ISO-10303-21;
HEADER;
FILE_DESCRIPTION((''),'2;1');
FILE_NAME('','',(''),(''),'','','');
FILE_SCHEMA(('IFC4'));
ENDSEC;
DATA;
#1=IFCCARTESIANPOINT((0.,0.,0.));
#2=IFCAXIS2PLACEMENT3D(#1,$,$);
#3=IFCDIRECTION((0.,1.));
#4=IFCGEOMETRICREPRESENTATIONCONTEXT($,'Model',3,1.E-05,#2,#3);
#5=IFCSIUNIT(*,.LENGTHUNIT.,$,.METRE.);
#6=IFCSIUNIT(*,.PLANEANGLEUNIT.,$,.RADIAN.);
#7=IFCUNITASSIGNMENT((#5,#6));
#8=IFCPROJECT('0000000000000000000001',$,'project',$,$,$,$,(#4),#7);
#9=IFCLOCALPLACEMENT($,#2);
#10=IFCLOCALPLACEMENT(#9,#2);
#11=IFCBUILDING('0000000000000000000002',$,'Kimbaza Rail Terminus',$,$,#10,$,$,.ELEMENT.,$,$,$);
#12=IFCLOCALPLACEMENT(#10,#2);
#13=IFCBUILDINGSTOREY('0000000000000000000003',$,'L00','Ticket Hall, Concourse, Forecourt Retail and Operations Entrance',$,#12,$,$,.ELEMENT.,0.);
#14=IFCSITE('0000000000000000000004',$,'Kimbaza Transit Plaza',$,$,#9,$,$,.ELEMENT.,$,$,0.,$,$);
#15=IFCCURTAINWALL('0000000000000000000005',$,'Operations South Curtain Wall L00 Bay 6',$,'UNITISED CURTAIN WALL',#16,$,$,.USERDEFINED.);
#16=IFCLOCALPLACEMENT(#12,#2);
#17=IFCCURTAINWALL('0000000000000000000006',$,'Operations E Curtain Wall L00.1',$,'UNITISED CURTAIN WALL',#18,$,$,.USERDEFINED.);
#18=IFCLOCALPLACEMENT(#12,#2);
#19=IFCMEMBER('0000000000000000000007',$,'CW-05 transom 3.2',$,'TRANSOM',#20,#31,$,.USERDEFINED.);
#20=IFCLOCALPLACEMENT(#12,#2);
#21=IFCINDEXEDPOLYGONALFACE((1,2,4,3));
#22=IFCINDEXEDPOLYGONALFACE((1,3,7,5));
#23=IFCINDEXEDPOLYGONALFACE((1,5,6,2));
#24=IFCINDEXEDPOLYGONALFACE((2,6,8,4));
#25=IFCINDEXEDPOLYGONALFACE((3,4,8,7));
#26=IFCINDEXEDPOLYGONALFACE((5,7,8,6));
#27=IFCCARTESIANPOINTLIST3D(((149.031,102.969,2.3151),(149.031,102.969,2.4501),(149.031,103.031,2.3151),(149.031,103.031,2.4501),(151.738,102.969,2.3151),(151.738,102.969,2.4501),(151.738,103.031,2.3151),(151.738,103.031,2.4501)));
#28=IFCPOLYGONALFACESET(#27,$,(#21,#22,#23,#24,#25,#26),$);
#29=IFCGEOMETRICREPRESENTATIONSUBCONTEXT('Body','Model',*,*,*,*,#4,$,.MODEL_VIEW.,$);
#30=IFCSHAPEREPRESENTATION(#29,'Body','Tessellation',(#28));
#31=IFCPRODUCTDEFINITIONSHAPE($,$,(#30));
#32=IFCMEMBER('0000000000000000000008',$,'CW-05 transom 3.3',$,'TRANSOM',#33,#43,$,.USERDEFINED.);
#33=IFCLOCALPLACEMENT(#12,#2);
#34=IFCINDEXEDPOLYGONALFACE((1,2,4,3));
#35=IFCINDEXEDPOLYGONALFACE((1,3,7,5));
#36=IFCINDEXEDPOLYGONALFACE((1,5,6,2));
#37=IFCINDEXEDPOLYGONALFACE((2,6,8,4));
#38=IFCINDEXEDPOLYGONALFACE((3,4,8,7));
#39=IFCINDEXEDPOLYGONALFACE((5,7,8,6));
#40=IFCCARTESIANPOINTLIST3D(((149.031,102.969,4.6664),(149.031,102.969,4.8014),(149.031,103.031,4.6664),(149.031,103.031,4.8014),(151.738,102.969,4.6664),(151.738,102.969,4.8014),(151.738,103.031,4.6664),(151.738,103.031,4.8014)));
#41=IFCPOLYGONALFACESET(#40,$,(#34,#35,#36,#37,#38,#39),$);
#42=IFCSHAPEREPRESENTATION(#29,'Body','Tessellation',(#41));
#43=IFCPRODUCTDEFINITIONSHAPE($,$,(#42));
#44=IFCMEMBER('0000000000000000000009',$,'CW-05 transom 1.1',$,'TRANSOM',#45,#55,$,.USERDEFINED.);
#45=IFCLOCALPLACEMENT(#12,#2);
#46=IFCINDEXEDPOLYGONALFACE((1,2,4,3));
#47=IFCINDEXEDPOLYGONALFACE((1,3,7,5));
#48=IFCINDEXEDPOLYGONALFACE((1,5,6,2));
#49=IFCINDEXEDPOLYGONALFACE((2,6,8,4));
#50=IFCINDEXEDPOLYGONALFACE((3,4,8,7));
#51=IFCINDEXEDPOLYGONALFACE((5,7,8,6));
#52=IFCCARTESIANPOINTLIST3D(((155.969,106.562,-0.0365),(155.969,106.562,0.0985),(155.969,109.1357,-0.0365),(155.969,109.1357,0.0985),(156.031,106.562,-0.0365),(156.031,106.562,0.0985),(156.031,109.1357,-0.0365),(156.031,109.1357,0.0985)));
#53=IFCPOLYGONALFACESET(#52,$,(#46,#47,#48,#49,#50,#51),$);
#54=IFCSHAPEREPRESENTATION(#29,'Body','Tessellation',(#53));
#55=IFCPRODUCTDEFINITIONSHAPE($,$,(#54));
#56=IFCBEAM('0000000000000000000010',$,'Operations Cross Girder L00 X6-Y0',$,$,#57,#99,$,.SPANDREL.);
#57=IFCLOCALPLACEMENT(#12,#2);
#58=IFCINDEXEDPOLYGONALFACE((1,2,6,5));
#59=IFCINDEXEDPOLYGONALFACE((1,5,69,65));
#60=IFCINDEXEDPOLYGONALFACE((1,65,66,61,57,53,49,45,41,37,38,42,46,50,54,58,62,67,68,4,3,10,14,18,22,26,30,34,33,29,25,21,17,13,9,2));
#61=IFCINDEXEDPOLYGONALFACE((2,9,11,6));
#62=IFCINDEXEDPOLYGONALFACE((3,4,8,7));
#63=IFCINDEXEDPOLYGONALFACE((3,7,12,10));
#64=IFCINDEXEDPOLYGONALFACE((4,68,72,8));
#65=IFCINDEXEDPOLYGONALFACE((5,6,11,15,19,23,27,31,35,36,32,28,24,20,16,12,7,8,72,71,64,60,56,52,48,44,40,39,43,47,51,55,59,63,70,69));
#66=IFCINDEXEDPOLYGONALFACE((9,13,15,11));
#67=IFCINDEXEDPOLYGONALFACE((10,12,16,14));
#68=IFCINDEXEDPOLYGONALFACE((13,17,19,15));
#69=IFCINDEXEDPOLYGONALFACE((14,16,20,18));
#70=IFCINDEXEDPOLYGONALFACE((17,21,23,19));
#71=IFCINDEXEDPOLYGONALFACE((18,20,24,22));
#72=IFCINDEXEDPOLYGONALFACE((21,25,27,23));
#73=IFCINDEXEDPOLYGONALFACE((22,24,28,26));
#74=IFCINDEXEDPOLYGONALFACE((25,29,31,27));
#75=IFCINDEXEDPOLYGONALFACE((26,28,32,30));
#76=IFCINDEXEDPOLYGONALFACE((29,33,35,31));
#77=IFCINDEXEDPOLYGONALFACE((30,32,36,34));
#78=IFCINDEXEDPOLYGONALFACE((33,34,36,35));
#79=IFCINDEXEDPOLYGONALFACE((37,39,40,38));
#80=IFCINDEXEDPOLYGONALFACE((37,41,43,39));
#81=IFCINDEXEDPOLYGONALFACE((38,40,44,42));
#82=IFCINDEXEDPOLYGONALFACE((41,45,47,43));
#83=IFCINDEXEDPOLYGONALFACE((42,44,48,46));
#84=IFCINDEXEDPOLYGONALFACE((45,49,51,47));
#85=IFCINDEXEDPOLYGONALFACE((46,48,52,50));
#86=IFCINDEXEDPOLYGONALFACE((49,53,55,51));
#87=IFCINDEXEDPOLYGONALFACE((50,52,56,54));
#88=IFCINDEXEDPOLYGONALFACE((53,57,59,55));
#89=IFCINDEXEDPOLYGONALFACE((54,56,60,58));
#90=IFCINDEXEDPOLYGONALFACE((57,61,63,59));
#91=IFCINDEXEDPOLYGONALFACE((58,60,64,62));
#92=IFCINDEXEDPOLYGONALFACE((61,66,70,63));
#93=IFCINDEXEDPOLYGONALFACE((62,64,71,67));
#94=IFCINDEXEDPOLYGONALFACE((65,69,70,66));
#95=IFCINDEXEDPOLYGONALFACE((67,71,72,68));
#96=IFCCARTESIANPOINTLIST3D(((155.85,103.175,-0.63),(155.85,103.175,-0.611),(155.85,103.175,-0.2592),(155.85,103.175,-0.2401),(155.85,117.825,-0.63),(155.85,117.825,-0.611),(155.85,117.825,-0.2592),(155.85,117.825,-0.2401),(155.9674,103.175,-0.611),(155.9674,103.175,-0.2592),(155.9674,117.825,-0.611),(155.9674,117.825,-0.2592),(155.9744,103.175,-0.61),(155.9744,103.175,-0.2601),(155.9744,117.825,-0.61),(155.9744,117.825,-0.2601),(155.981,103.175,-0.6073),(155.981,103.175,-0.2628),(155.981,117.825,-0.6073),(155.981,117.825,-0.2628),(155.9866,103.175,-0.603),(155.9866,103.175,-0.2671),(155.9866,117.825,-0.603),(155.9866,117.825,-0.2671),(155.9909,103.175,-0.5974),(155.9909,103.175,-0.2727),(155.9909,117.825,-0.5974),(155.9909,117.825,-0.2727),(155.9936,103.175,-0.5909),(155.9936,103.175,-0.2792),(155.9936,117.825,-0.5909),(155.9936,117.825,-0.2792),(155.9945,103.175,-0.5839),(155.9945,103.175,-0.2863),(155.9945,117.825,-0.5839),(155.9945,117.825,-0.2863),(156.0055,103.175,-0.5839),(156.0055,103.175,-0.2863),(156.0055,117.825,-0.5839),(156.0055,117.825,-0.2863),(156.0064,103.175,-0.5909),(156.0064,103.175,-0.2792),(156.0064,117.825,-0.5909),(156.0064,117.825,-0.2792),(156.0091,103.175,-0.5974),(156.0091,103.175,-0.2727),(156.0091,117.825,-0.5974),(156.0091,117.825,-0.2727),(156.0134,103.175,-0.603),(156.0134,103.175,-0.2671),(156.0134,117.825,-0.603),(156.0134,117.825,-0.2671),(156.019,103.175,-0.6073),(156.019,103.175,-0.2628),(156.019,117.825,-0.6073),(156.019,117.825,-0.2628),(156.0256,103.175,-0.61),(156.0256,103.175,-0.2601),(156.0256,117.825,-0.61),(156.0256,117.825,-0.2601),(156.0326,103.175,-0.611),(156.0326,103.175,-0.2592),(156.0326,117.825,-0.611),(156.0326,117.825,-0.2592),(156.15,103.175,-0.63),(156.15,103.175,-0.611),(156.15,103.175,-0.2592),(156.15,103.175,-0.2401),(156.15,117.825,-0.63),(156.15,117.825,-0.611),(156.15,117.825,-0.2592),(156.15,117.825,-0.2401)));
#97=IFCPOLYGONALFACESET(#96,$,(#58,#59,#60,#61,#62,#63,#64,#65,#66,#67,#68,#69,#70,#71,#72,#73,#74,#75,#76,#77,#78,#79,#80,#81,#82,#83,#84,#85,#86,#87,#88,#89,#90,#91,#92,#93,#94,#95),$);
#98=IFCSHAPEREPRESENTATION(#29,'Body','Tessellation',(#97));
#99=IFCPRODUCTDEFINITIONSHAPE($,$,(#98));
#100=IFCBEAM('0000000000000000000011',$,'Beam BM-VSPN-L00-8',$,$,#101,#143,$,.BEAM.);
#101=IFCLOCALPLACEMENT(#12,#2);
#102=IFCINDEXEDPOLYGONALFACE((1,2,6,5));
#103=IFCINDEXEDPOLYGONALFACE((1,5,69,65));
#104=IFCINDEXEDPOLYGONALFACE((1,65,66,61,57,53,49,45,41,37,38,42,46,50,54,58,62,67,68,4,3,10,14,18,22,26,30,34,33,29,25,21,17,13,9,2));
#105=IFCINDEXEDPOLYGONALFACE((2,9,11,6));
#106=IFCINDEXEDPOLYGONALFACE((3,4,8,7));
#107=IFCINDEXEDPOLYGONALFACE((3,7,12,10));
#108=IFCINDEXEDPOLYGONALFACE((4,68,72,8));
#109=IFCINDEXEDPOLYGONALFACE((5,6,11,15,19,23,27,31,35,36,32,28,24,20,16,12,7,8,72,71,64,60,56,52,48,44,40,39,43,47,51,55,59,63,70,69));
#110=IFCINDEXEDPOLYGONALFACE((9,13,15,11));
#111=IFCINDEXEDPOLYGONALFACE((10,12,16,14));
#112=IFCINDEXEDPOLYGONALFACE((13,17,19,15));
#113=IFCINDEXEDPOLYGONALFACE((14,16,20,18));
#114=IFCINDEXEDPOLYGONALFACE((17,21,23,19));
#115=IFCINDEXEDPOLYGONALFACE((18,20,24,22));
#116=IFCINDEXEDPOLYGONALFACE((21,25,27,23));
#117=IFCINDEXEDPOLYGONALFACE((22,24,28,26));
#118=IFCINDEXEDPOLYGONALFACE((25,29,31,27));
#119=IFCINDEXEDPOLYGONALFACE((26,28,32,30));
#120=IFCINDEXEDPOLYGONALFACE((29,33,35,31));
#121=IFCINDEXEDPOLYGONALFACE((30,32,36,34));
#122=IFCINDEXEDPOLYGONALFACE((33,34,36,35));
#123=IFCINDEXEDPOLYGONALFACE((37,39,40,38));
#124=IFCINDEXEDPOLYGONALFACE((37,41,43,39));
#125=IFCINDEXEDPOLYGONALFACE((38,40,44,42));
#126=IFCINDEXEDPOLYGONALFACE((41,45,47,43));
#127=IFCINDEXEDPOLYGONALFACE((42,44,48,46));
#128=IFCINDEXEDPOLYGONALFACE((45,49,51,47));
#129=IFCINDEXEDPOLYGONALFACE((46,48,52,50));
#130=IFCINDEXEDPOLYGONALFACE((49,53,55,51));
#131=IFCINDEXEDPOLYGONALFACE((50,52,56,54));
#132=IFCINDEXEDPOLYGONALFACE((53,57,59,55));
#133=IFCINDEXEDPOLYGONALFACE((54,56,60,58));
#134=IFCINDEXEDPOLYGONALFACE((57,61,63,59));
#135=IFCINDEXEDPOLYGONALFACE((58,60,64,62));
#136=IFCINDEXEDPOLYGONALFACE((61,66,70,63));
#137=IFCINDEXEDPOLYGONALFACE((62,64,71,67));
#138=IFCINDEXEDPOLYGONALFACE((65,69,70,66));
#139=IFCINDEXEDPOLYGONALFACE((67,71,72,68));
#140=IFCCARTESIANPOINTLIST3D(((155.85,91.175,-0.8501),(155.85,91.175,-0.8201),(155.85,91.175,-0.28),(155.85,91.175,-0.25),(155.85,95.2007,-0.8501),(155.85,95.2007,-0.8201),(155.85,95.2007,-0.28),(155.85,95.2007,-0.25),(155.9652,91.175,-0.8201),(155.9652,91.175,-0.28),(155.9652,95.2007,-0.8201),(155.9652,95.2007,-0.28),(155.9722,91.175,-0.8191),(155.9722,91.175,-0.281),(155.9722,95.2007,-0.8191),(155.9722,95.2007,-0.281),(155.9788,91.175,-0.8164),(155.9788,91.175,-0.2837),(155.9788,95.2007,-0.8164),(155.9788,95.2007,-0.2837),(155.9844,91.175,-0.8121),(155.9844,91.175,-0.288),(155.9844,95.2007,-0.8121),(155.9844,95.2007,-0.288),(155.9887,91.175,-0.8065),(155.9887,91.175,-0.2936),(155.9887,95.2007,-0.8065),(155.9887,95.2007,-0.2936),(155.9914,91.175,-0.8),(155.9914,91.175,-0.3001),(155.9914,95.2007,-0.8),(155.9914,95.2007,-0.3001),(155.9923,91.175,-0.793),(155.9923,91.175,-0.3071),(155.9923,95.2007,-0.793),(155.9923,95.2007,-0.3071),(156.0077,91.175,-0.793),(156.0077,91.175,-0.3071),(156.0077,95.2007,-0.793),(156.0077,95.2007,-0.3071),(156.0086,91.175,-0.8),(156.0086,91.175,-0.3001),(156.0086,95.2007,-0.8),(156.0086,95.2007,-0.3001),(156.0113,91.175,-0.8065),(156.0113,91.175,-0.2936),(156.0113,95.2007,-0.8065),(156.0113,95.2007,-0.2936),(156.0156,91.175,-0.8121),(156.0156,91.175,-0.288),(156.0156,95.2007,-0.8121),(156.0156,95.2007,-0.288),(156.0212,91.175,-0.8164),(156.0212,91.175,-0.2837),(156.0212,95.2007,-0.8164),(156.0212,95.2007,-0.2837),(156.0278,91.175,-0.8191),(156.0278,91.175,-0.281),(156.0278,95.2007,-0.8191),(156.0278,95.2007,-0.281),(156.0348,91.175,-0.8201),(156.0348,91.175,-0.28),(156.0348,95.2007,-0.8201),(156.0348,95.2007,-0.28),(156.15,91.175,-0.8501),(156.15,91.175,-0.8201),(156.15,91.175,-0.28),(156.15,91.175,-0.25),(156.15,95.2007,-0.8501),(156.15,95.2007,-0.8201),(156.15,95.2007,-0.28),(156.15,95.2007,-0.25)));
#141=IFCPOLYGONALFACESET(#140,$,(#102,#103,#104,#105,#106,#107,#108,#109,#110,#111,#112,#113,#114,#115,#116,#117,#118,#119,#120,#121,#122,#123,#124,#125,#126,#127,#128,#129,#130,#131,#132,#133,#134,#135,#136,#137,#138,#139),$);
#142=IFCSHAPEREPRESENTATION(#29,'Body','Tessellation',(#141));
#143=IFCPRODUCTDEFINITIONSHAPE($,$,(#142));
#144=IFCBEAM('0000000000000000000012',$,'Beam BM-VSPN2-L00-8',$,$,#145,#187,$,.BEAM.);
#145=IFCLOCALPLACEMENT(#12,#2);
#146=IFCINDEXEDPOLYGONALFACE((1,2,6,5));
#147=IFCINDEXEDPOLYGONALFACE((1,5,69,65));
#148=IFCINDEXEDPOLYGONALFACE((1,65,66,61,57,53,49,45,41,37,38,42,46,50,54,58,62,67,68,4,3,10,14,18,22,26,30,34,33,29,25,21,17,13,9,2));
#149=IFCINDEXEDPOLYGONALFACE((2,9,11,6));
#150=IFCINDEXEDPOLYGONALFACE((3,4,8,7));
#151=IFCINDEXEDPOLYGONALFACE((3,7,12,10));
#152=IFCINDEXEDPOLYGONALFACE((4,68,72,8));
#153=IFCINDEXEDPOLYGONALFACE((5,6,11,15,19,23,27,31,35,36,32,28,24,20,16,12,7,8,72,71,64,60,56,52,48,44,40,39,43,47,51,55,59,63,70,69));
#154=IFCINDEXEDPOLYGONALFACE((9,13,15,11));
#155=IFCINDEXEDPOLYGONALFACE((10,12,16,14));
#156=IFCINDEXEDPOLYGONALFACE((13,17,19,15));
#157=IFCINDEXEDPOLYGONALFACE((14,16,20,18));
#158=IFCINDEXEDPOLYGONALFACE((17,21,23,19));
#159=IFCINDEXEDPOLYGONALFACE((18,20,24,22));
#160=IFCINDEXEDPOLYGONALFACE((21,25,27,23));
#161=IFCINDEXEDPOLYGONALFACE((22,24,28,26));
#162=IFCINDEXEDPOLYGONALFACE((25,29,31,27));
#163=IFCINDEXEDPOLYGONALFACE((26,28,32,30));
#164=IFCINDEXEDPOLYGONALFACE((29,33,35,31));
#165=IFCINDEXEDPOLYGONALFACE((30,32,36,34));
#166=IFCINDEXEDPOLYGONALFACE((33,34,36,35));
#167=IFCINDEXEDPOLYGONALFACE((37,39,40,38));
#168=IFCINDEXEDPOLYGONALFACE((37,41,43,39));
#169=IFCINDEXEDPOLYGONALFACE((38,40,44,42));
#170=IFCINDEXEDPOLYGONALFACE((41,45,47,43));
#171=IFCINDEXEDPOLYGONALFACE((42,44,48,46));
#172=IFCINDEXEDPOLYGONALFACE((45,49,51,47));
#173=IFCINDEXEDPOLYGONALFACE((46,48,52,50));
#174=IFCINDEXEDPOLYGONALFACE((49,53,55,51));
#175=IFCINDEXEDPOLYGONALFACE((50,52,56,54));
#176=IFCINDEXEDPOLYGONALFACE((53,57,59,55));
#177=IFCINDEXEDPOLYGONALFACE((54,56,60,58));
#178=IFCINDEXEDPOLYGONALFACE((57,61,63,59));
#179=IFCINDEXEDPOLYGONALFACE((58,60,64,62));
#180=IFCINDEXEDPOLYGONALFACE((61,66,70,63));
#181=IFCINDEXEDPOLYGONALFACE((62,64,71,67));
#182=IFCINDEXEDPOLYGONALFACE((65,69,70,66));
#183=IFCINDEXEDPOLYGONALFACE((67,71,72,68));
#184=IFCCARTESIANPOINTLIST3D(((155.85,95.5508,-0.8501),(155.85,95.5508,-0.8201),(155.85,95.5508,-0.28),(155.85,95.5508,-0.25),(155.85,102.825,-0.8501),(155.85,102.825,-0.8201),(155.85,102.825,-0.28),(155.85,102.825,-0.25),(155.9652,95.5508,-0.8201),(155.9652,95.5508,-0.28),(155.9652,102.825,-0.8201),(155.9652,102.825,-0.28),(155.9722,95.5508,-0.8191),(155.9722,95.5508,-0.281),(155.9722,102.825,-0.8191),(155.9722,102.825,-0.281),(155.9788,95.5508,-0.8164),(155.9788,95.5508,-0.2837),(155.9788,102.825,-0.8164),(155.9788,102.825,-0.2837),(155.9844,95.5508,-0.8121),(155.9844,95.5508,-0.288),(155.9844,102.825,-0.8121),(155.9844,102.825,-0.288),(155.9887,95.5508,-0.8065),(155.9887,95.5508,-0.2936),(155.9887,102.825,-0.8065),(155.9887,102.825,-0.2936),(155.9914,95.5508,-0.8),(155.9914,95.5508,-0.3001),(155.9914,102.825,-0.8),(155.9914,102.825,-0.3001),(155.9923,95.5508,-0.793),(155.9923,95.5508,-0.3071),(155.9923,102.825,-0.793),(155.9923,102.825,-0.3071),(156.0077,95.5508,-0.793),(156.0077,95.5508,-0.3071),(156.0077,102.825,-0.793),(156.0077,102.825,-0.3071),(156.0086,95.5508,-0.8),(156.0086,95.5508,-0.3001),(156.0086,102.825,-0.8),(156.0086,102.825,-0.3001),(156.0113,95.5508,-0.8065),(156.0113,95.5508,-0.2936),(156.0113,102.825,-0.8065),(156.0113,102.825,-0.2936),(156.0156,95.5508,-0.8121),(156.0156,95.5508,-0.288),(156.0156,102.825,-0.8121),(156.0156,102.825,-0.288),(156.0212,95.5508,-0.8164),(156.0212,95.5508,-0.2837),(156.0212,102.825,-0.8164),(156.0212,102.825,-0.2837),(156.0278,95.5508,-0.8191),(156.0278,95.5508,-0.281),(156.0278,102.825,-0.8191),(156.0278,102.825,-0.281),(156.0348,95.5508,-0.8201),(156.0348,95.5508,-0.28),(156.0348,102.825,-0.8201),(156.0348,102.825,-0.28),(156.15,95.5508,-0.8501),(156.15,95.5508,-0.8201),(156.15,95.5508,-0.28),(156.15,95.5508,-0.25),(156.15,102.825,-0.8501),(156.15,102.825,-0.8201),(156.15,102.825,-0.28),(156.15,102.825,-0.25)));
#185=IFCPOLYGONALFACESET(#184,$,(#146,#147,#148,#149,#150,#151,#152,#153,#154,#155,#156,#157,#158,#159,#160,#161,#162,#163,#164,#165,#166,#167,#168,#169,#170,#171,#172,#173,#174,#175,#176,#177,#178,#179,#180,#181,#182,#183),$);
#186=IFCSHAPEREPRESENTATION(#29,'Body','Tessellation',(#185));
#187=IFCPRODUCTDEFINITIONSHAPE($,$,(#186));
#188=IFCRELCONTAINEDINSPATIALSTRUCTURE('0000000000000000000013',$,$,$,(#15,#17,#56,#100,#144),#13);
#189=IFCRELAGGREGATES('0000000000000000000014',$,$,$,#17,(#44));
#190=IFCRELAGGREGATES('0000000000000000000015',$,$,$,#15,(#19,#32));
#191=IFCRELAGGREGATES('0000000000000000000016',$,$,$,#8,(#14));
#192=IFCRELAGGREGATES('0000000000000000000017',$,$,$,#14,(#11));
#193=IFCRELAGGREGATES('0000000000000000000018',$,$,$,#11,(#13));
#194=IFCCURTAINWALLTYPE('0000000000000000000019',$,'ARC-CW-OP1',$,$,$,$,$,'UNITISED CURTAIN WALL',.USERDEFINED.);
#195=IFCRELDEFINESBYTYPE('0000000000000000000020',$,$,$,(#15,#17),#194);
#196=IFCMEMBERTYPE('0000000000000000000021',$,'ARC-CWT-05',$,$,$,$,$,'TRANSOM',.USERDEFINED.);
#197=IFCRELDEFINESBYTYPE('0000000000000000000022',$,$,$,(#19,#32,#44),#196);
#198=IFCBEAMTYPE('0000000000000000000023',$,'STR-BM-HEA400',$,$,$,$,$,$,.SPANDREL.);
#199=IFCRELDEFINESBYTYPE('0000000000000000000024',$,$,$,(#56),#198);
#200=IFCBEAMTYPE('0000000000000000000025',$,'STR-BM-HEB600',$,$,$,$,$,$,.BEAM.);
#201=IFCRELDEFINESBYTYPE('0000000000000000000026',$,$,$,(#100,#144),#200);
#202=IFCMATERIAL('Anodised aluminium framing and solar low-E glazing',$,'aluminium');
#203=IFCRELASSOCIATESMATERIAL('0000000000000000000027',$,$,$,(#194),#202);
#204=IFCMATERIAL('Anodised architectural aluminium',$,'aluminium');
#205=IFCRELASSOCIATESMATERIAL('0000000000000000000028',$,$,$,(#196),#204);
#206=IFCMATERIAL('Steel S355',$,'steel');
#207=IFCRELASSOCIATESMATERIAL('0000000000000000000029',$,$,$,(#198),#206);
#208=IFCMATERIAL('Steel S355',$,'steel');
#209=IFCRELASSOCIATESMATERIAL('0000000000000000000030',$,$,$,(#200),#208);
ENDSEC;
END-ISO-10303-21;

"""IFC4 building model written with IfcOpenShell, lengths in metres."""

from ifc_helpers import new_model, si_unit, direction, frame, origin, origin_2d, place, context, subcontext, project, spatial, rectangle, i_section, extrude, material, material_profile, profile_set, type_object, element, aggregate, save


model = new_model("IFC4")

# Units and contexts
model_context = context("Model", 3, precision=1e-05, world=origin(), true_north=direction((0.0, 1.0)))
body_context = subcontext(model_context, "Body", "Model", "MODEL_VIEW")
ifc_project = project(units=[si_unit("LENGTHUNIT", "METRE"), si_unit("PLANEANGLEUNIT", "RADIAN")], contexts=[model_context])

# Site, building, storey
site_placement = place(None, origin())
site = spatial("IfcSite", under=ifc_project, at=site_placement, Name="Kimbaza Transit Plaza", CompositionType="ELEMENT", RefElevation=0.0)
building_placement = place(site_placement, origin())
building = spatial("IfcBuilding", under=site, at=building_placement, Name="Kimbaza Rail Terminus", CompositionType="ELEMENT")
storey_placement = place(building_placement, origin())
storey = spatial("IfcBuildingStorey", under=building, at=storey_placement, Name="L00", Description="Ticket Hall, Concourse, Forecourt Retail and Operations Entrance", CompositionType="ELEMENT", Elevation=0.0)

# Curtain wall
ifc_material_1 = material(Name="Anodised aluminium framing and solar low-E glazing", Category="aluminium")
curtain_wall_type = type_object("IfcCurtainWallType", Name="ARC-CW-OP1", ElementType="UNITISED CURTAIN WALL", PredefinedType="USERDEFINED", material=ifc_material_1)
curtain_wall_1_placement = place(storey_placement, origin())
curtain_wall_1 = element("IfcCurtainWall", 1, at=curtain_wall_1_placement, inside=storey, type_object=curtain_wall_type, Name="Operations South Curtain Wall L00 Bay 6", ObjectType="UNITISED CURTAIN WALL", PredefinedType="USERDEFINED")

# Curtain wall
curtain_wall_2_placement = place(storey_placement, origin())
curtain_wall_2 = element("IfcCurtainWall", 2, at=curtain_wall_2_placement, inside=storey, type_object=curtain_wall_type, Name="Operations E Curtain Wall L00.1", ObjectType="UNITISED CURTAIN WALL", PredefinedType="USERDEFINED")

# Members
ifc_material_2 = material(Name="Anodised architectural aluminium", Category="aluminium")
ifc_material_profile_1 = material_profile(ifc_material_2, rectangle(XDim=0.062, YDim=0.135, at=origin_2d()), Name="TRANSOM 62x135")
ifc_profile_set_1 = profile_set([ifc_material_profile_1], Name="Anodised architectural aluminium")
member_type_1 = type_object("IfcMemberType", Name="ARC-CWT-05", ElementType="TRANSOM", PredefinedType="USERDEFINED", material=ifc_profile_set_1)
member_1_placement = place(storey_placement, frame((149.031, 103.0, 2.3826), z_axis=(1.0, 0.0, 0.0), x_axis=(0.0, 1.0, 0.0)))
member_1 = element("IfcMember", 3, at=member_1_placement, type_object=member_type_1, Name="CW-05 transom 3.2", ObjectType="TRANSOM", PredefinedType="USERDEFINED", context=body_context, shape_type="SweptSolid", body=[
    extrude(rectangle(XDim=0.062, YDim=0.135, at=origin_2d()), origin(), (0.0, 0.0, 1.0), 2.707),
])
member_2_placement = place(storey_placement, frame((149.031, 103.0, 4.7339), z_axis=(1.0, 0.0, 0.0), x_axis=(0.0, 1.0, 0.0)))
member_2 = element("IfcMember", 4, at=member_2_placement, type_object=member_type_1, Name="CW-05 transom 3.3", ObjectType="TRANSOM", PredefinedType="USERDEFINED", context=body_context, shape_type="SweptSolid", body=[
    extrude(rectangle(XDim=0.062, YDim=0.135, at=origin_2d()), origin(), (0.0, 0.0, 1.0), 2.707),
])
member_3_placement = place(storey_placement, frame((156.0, 106.562, 0.031), z_axis=(0.0, 1.0, 0.0), x_axis=(-1.0, 0.0, 0.0)))
member_3 = element("IfcMember", 5, at=member_3_placement, type_object=member_type_1, Name="CW-05 transom 1.1", ObjectType="TRANSOM", PredefinedType="USERDEFINED", context=body_context, shape_type="SweptSolid", body=[
    extrude(rectangle(XDim=0.062, YDim=0.135, at=origin_2d()), origin(), (0.0, 0.0, 1.0), 2.5737),
])
aggregate(curtain_wall_2, [member_3])

# Beams
ifc_material_3 = material(Name="Steel S355", Category="steel")
ifc_material_profile_2 = material_profile(ifc_material_3, i_section(OverallWidth=0.3, OverallDepth=0.3899, WebThickness=0.011, FlangeThickness=0.019, FilletRadius=0.0271, at=origin_2d()), Name="HEA 400")
ifc_profile_set_2 = profile_set([ifc_material_profile_2], Name="Steel S355")
beam_type_1 = type_object("IfcBeamType", Name="STR-BM-HEA400", PredefinedType="SPANDREL", material=ifc_profile_set_2)
beam_1_placement = place(storey_placement, frame((156.0, 103.175, -0.4351), z_axis=(0.0, 1.0, 0.0), x_axis=(-1.0, 0.0, 0.0)))
element("IfcBeam", 6, at=beam_1_placement, inside=storey, type_object=beam_type_1, Name="Operations Cross Girder L00 X6-Y0", PredefinedType="SPANDREL", context=body_context, shape_type="SweptSolid", body=[
    extrude(i_section(OverallWidth=0.3, OverallDepth=0.3899, WebThickness=0.011, FlangeThickness=0.019, FilletRadius=0.0271, at=origin_2d()), origin(), (0.0, 0.0, 1.0), 14.6499),
])
ifc_material_4 = material(Name="Steel S355", Category="steel")
ifc_material_profile_3 = material_profile(ifc_material_4, i_section(OverallWidth=0.3, OverallDepth=0.6001, WebThickness=0.0154, FlangeThickness=0.03, FilletRadius=0.0271, at=origin_2d()), Name="HEB 600")
ifc_profile_set_3 = profile_set([ifc_material_profile_3], Name="Steel S355")
beam_type_2 = type_object("IfcBeamType", Name="STR-BM-HEB600", PredefinedType="BEAM", material=ifc_profile_set_3)
beam_2_placement = place(storey_placement, frame((156.0, 91.175, -0.55), z_axis=(0.0, 1.0, 0.0), x_axis=(-1.0, 0.0, 0.0)))
element("IfcBeam", 7, at=beam_2_placement, inside=storey, type_object=beam_type_2, Name="Beam BM-VSPN-L00-8", PredefinedType="BEAM", context=body_context, shape_type="SweptSolid", body=[
    extrude(i_section(OverallWidth=0.3, OverallDepth=0.6001, WebThickness=0.0154, FlangeThickness=0.03, FilletRadius=0.0271, at=origin_2d()), origin(), (0.0, 0.0, 1.0), 4.0256),
])
beam_3_placement = place(storey_placement, frame((156.0, 95.5508, -0.55), z_axis=(0.0, 1.0, 0.0), x_axis=(-1.0, 0.0, 0.0)))
element("IfcBeam", 8, at=beam_3_placement, inside=storey, type_object=beam_type_2, Name="Beam BM-VSPN2-L00-8", PredefinedType="BEAM", context=body_context, shape_type="SweptSolid", body=[
    extrude(i_section(OverallWidth=0.3, OverallDepth=0.6001, WebThickness=0.0154, FlangeThickness=0.03, FilletRadius=0.0271, at=origin_2d()), origin(), (0.0, 0.0, 1.0), 7.2742),
])

aggregate(curtain_wall_1, [member_1, member_2])

save(model, "model.ifc")
